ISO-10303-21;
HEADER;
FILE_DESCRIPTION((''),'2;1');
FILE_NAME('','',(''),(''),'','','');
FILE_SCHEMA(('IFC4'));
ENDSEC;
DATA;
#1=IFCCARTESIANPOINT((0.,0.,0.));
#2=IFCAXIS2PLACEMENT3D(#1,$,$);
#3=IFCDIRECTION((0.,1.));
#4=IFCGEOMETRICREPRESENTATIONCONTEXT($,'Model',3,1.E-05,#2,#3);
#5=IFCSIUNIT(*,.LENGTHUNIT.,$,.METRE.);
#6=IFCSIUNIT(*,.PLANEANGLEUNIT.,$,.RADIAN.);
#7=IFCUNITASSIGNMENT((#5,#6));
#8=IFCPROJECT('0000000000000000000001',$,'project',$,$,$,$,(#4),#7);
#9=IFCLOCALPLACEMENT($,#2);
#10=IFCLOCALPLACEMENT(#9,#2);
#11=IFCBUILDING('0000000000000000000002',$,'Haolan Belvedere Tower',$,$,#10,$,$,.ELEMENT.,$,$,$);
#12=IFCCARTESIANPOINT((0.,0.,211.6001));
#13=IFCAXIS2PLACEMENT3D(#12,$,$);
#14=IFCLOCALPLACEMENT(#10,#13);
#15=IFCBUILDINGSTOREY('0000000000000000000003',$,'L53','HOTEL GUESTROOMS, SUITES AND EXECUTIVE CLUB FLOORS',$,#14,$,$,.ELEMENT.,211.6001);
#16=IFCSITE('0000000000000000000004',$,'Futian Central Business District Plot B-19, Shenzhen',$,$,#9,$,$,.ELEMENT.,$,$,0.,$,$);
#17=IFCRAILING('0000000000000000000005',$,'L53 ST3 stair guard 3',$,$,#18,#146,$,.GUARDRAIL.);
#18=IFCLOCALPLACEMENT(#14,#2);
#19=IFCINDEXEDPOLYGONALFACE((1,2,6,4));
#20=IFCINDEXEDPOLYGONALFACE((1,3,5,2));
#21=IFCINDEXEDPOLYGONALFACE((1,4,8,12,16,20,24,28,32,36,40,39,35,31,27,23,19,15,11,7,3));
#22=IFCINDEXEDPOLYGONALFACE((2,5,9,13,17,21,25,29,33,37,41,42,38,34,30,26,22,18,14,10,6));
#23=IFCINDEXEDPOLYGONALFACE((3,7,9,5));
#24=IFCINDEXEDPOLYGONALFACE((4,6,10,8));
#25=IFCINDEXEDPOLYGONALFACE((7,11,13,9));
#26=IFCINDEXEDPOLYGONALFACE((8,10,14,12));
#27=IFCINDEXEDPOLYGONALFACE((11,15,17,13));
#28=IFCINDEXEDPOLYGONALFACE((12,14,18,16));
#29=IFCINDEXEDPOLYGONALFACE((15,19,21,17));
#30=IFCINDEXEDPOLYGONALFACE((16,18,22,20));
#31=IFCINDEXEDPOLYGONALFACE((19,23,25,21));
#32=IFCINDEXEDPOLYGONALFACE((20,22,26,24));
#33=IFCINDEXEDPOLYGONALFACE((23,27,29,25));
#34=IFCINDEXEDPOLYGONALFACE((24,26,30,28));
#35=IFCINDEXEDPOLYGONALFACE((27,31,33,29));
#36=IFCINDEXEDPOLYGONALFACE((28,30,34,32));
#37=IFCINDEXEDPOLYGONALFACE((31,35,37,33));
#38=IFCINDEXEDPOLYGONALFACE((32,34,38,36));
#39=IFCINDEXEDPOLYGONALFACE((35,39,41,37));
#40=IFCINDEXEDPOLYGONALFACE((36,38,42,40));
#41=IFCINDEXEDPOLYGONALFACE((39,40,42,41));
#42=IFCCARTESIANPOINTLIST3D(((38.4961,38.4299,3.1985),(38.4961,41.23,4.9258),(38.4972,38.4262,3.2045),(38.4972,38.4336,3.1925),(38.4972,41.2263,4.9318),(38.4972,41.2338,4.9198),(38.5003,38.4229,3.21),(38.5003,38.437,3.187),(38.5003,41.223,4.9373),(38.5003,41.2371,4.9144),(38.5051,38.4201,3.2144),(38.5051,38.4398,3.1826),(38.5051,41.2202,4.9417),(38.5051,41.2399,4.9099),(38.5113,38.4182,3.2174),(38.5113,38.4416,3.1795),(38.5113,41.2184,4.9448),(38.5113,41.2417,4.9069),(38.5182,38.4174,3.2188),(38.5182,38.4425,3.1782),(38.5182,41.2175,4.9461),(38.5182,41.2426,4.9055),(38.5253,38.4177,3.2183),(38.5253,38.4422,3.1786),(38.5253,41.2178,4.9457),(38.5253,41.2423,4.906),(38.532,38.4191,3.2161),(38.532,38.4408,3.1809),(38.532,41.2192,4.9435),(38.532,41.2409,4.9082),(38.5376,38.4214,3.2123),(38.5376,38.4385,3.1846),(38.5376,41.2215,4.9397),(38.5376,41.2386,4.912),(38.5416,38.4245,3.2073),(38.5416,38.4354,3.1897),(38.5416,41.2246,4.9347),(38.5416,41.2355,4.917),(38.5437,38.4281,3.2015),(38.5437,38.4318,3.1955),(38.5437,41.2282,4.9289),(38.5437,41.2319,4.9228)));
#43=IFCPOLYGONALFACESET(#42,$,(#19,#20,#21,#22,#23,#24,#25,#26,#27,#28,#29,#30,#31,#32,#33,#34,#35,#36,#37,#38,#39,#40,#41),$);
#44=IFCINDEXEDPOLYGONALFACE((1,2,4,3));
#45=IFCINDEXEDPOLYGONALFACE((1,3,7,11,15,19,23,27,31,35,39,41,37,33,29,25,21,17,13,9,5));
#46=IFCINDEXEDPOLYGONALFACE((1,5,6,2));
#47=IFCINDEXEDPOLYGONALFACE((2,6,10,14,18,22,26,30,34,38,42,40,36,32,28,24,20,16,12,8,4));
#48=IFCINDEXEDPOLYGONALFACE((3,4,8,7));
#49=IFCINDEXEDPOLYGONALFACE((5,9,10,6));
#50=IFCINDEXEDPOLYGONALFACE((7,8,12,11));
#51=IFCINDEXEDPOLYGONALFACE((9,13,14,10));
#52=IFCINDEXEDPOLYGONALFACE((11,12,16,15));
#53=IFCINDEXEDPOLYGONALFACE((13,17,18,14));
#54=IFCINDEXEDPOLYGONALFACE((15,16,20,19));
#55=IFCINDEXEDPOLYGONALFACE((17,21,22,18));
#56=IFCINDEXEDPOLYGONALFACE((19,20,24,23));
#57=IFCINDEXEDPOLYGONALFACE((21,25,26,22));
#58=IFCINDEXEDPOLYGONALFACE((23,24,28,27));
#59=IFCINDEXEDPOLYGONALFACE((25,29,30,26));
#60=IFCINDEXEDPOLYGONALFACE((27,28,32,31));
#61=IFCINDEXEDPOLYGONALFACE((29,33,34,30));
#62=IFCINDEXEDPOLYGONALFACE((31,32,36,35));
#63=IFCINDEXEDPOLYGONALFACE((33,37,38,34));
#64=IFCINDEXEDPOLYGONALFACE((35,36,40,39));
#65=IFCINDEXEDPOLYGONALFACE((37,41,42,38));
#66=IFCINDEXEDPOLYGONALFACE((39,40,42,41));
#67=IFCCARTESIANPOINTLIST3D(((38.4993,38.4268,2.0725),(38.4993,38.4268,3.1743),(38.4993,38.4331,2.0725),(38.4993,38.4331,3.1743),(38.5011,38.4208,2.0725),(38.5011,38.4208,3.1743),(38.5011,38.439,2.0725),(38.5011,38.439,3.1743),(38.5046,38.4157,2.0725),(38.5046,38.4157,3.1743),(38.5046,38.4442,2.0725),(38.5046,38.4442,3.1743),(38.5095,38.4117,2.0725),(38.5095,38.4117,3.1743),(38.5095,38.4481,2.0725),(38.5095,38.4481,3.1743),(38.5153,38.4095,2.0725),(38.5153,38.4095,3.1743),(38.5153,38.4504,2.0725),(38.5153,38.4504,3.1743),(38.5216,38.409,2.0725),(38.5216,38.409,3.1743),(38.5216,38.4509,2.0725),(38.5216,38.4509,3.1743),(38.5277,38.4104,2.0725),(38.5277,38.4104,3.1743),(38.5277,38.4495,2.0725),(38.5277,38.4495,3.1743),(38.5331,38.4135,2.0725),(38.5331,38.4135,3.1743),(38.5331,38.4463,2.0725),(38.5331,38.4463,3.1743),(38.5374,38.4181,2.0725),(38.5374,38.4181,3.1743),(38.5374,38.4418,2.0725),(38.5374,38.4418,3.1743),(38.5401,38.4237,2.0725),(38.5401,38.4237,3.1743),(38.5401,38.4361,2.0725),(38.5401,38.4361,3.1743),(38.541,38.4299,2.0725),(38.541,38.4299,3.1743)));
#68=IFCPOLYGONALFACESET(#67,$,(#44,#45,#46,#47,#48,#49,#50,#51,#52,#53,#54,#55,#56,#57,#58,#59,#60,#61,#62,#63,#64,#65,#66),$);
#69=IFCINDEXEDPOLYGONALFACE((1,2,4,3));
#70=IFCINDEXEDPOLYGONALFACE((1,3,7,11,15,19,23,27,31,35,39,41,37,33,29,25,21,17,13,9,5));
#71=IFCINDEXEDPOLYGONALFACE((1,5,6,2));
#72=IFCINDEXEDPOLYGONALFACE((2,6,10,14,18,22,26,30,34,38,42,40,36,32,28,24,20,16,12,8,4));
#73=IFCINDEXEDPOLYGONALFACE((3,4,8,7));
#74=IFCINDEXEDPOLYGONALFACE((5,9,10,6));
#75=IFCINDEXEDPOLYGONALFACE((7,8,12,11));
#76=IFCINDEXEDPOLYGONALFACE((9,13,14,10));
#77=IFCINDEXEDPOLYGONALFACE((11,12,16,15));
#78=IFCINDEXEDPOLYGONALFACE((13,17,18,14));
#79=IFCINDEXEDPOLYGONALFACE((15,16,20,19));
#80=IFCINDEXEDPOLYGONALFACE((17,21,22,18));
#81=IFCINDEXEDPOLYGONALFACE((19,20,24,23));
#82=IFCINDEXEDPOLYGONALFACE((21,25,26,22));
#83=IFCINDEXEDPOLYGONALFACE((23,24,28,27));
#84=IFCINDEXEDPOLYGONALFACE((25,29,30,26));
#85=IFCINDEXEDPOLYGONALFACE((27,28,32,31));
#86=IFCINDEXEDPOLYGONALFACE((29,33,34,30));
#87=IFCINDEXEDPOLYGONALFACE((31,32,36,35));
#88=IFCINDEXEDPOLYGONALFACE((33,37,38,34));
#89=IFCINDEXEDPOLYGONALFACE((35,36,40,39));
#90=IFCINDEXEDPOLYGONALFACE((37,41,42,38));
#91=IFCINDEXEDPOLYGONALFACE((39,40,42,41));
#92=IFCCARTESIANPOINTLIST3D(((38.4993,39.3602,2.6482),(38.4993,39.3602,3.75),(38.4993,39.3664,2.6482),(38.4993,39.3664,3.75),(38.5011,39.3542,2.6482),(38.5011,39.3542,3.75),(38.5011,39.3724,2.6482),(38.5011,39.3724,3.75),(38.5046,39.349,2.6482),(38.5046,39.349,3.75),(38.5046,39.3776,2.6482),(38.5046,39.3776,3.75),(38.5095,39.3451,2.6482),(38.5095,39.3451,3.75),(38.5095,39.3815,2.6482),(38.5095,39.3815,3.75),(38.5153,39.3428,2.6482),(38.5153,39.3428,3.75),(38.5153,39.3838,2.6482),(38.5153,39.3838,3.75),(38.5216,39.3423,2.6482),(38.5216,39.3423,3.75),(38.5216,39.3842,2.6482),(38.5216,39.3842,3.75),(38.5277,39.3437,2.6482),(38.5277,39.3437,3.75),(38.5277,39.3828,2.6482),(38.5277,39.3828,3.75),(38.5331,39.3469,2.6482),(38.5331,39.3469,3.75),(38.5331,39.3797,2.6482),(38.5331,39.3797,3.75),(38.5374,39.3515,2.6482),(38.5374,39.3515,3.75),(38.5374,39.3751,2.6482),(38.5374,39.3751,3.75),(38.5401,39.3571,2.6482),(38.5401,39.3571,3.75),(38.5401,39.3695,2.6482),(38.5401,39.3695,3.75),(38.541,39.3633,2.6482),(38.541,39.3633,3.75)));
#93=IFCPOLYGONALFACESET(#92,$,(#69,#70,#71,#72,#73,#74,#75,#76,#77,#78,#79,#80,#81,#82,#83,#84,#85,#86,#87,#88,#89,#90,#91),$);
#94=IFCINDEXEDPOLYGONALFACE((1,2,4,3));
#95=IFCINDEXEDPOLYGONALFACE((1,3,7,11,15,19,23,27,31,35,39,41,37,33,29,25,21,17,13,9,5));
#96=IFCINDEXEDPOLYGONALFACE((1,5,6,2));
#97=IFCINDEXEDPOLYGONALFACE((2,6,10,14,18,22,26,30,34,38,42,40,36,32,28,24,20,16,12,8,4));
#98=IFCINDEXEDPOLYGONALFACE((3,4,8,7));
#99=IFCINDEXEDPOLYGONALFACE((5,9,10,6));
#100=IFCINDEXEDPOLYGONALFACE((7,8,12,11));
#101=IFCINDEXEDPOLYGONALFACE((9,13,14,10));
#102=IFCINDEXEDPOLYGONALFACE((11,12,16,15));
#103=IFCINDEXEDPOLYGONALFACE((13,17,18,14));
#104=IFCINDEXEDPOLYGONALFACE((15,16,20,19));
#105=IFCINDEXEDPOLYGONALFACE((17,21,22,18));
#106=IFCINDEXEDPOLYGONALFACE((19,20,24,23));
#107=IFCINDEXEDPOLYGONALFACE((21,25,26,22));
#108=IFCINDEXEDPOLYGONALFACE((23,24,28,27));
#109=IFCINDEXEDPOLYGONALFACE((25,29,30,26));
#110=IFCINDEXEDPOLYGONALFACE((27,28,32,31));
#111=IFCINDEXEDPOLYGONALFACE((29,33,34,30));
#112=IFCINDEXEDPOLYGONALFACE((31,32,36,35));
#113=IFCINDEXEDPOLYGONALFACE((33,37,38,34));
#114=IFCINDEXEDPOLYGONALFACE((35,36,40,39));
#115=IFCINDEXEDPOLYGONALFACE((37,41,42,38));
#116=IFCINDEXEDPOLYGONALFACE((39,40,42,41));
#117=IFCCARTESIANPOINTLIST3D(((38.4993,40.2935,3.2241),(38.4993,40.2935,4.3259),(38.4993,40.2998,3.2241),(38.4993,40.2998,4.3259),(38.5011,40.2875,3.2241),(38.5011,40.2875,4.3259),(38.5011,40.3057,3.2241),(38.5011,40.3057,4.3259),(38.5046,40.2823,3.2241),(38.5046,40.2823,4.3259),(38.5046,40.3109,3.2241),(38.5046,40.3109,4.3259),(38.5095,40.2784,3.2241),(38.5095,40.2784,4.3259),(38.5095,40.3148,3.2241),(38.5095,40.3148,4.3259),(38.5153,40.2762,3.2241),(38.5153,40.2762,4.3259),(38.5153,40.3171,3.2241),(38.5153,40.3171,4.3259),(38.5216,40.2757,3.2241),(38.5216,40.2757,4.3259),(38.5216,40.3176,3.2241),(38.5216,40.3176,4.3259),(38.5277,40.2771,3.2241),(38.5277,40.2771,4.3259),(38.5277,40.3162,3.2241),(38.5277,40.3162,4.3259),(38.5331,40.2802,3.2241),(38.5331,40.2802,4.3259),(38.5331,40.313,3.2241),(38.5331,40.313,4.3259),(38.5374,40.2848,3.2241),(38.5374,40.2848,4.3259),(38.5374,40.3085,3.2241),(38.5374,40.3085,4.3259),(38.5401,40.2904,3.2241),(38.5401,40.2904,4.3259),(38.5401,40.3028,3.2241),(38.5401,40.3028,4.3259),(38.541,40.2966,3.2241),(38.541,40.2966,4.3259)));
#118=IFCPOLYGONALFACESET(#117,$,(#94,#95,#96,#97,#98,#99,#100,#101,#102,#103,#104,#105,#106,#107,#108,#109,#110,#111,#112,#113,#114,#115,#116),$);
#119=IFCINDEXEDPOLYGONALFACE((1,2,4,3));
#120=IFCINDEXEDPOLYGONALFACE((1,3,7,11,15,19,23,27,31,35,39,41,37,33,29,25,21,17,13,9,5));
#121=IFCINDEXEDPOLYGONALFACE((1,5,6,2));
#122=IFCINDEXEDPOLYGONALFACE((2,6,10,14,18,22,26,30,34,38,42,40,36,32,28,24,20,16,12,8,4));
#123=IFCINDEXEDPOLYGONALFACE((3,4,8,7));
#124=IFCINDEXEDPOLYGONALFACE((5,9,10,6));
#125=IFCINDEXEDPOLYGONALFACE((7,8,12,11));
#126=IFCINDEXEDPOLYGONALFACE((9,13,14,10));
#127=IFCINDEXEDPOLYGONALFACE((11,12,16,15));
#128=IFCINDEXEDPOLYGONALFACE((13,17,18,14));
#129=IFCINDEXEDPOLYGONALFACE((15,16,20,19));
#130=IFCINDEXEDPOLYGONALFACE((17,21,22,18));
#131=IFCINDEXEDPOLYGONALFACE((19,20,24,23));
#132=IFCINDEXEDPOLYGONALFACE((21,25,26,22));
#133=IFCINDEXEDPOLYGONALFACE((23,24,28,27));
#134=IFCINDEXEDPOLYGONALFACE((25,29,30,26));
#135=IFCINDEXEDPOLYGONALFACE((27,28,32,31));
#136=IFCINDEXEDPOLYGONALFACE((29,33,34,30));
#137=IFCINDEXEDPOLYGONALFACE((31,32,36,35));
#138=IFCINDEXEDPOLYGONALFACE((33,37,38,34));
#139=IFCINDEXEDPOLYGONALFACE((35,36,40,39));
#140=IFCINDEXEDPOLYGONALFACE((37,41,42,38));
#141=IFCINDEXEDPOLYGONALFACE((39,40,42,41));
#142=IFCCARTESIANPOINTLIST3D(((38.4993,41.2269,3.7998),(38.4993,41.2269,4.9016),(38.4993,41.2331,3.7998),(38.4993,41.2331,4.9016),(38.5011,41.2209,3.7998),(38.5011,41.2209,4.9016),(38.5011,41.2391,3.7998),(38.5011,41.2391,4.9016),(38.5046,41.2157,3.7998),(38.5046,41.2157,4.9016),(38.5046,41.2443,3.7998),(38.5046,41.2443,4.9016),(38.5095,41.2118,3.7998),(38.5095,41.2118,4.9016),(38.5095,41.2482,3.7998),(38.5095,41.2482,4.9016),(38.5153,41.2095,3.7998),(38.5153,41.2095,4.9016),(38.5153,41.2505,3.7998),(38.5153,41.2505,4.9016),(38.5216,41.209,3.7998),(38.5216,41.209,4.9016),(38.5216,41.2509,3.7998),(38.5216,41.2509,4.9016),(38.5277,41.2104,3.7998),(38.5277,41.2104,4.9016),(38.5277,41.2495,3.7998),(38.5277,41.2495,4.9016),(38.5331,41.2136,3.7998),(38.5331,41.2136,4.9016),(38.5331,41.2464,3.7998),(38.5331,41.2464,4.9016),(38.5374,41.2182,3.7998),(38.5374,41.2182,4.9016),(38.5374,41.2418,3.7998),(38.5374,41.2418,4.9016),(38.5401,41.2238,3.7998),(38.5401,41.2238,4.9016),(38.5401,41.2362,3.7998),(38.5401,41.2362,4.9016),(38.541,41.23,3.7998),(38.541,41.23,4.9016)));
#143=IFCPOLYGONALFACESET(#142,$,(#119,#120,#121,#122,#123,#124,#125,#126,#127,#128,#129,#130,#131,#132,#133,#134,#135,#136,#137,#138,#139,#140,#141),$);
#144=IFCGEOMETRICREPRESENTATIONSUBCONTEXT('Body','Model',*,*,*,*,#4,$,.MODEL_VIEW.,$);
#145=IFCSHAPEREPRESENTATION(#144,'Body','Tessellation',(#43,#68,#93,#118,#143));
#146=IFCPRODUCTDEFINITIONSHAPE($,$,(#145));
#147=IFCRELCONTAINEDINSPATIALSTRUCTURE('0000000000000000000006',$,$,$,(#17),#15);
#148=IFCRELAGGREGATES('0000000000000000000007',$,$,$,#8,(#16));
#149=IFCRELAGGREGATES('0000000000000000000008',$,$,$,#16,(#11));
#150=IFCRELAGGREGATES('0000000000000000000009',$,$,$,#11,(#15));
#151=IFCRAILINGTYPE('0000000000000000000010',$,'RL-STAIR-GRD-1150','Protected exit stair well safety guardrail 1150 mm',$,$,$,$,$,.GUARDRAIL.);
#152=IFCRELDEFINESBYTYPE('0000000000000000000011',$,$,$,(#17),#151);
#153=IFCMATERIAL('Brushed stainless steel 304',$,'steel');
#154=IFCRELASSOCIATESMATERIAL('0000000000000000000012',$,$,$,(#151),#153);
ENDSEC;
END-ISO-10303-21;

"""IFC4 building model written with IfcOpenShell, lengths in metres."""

from ifc_helpers import new_model, si_unit, direction, frame, origin, origin_2d, place, context, subcontext, project, spatial, circle, extrude, material, type_object, element, save


model = new_model("IFC4")

# Units and contexts
model_context = context("Model", 3, precision=1e-05, world=origin(), true_north=direction((0.0, 1.0)))
body_context = subcontext(model_context, "Body", "Model", "MODEL_VIEW")
ifc_project = project(units=[si_unit("LENGTHUNIT", "METRE"), si_unit("PLANEANGLEUNIT", "RADIAN")], contexts=[model_context])

# Site, building, storey
site_placement = place(None, origin())
site = spatial("IfcSite", under=ifc_project, at=site_placement, Name="Futian Central Business District Plot B-19, Shenzhen", CompositionType="ELEMENT", RefElevation=0.0)
building_placement = place(site_placement, origin())
building = spatial("IfcBuilding", under=site, at=building_placement, Name="Haolan Belvedere Tower", CompositionType="ELEMENT")
storey_placement = place(building_placement, frame((0.0, 0.0, 211.6001)))
storey = spatial("IfcBuildingStorey", under=building, at=storey_placement, Name="L53", Description="HOTEL GUESTROOMS, SUITES AND EXECUTIVE CLUB FLOORS", CompositionType="ELEMENT", Elevation=211.6001)

# Railing
ifc_material_1 = material(Name="Brushed stainless steel 304", Category="steel")
railing_type_1 = type_object("IfcRailingType", Name="RL-STAIR-GRD-1150", Description="Protected exit stair well safety guardrail 1150 mm", PredefinedType="GUARDRAIL", material=ifc_material_1)
railing_1_placement = place(storey_placement, frame((38.52, 38.4299, 2.0725)))
element("IfcRailing", 1, at=railing_1_placement, inside=storey, type_object=railing_type_1, Name="L53 ST3 stair guard 3", PredefinedType="GUARDRAIL", context=body_context, shape_type="SweptSolid", body=[
    extrude(circle(Radius=0.0239, at=origin_2d()), frame((0.0, 0.0, 1.126), z_axis=(0.0, 0.85109, 0.52502), x_axis=(-1.0, 0.0, 0.0)), (0.0, 0.0, 1.0), 3.29),
    extrude(circle(Radius=0.021, at=origin_2d()), origin(), (0.0, 0.0, 1.0), 1.1018),
    extrude(circle(Radius=0.021, at=origin_2d()), frame((0.0, 0.9333, 0.5757)), (0.0, 0.0, 1.0), 1.1018),
    extrude(circle(Radius=0.021, at=origin_2d()), frame((0.0, 1.8667, 1.1516)), (0.0, 0.0, 1.0), 1.1018),
    extrude(circle(Radius=0.021, at=origin_2d()), frame((0.0, 2.8, 1.7273)), (0.0, 0.0, 1.0), 1.1018),
])

save(model, "model.ifc")
